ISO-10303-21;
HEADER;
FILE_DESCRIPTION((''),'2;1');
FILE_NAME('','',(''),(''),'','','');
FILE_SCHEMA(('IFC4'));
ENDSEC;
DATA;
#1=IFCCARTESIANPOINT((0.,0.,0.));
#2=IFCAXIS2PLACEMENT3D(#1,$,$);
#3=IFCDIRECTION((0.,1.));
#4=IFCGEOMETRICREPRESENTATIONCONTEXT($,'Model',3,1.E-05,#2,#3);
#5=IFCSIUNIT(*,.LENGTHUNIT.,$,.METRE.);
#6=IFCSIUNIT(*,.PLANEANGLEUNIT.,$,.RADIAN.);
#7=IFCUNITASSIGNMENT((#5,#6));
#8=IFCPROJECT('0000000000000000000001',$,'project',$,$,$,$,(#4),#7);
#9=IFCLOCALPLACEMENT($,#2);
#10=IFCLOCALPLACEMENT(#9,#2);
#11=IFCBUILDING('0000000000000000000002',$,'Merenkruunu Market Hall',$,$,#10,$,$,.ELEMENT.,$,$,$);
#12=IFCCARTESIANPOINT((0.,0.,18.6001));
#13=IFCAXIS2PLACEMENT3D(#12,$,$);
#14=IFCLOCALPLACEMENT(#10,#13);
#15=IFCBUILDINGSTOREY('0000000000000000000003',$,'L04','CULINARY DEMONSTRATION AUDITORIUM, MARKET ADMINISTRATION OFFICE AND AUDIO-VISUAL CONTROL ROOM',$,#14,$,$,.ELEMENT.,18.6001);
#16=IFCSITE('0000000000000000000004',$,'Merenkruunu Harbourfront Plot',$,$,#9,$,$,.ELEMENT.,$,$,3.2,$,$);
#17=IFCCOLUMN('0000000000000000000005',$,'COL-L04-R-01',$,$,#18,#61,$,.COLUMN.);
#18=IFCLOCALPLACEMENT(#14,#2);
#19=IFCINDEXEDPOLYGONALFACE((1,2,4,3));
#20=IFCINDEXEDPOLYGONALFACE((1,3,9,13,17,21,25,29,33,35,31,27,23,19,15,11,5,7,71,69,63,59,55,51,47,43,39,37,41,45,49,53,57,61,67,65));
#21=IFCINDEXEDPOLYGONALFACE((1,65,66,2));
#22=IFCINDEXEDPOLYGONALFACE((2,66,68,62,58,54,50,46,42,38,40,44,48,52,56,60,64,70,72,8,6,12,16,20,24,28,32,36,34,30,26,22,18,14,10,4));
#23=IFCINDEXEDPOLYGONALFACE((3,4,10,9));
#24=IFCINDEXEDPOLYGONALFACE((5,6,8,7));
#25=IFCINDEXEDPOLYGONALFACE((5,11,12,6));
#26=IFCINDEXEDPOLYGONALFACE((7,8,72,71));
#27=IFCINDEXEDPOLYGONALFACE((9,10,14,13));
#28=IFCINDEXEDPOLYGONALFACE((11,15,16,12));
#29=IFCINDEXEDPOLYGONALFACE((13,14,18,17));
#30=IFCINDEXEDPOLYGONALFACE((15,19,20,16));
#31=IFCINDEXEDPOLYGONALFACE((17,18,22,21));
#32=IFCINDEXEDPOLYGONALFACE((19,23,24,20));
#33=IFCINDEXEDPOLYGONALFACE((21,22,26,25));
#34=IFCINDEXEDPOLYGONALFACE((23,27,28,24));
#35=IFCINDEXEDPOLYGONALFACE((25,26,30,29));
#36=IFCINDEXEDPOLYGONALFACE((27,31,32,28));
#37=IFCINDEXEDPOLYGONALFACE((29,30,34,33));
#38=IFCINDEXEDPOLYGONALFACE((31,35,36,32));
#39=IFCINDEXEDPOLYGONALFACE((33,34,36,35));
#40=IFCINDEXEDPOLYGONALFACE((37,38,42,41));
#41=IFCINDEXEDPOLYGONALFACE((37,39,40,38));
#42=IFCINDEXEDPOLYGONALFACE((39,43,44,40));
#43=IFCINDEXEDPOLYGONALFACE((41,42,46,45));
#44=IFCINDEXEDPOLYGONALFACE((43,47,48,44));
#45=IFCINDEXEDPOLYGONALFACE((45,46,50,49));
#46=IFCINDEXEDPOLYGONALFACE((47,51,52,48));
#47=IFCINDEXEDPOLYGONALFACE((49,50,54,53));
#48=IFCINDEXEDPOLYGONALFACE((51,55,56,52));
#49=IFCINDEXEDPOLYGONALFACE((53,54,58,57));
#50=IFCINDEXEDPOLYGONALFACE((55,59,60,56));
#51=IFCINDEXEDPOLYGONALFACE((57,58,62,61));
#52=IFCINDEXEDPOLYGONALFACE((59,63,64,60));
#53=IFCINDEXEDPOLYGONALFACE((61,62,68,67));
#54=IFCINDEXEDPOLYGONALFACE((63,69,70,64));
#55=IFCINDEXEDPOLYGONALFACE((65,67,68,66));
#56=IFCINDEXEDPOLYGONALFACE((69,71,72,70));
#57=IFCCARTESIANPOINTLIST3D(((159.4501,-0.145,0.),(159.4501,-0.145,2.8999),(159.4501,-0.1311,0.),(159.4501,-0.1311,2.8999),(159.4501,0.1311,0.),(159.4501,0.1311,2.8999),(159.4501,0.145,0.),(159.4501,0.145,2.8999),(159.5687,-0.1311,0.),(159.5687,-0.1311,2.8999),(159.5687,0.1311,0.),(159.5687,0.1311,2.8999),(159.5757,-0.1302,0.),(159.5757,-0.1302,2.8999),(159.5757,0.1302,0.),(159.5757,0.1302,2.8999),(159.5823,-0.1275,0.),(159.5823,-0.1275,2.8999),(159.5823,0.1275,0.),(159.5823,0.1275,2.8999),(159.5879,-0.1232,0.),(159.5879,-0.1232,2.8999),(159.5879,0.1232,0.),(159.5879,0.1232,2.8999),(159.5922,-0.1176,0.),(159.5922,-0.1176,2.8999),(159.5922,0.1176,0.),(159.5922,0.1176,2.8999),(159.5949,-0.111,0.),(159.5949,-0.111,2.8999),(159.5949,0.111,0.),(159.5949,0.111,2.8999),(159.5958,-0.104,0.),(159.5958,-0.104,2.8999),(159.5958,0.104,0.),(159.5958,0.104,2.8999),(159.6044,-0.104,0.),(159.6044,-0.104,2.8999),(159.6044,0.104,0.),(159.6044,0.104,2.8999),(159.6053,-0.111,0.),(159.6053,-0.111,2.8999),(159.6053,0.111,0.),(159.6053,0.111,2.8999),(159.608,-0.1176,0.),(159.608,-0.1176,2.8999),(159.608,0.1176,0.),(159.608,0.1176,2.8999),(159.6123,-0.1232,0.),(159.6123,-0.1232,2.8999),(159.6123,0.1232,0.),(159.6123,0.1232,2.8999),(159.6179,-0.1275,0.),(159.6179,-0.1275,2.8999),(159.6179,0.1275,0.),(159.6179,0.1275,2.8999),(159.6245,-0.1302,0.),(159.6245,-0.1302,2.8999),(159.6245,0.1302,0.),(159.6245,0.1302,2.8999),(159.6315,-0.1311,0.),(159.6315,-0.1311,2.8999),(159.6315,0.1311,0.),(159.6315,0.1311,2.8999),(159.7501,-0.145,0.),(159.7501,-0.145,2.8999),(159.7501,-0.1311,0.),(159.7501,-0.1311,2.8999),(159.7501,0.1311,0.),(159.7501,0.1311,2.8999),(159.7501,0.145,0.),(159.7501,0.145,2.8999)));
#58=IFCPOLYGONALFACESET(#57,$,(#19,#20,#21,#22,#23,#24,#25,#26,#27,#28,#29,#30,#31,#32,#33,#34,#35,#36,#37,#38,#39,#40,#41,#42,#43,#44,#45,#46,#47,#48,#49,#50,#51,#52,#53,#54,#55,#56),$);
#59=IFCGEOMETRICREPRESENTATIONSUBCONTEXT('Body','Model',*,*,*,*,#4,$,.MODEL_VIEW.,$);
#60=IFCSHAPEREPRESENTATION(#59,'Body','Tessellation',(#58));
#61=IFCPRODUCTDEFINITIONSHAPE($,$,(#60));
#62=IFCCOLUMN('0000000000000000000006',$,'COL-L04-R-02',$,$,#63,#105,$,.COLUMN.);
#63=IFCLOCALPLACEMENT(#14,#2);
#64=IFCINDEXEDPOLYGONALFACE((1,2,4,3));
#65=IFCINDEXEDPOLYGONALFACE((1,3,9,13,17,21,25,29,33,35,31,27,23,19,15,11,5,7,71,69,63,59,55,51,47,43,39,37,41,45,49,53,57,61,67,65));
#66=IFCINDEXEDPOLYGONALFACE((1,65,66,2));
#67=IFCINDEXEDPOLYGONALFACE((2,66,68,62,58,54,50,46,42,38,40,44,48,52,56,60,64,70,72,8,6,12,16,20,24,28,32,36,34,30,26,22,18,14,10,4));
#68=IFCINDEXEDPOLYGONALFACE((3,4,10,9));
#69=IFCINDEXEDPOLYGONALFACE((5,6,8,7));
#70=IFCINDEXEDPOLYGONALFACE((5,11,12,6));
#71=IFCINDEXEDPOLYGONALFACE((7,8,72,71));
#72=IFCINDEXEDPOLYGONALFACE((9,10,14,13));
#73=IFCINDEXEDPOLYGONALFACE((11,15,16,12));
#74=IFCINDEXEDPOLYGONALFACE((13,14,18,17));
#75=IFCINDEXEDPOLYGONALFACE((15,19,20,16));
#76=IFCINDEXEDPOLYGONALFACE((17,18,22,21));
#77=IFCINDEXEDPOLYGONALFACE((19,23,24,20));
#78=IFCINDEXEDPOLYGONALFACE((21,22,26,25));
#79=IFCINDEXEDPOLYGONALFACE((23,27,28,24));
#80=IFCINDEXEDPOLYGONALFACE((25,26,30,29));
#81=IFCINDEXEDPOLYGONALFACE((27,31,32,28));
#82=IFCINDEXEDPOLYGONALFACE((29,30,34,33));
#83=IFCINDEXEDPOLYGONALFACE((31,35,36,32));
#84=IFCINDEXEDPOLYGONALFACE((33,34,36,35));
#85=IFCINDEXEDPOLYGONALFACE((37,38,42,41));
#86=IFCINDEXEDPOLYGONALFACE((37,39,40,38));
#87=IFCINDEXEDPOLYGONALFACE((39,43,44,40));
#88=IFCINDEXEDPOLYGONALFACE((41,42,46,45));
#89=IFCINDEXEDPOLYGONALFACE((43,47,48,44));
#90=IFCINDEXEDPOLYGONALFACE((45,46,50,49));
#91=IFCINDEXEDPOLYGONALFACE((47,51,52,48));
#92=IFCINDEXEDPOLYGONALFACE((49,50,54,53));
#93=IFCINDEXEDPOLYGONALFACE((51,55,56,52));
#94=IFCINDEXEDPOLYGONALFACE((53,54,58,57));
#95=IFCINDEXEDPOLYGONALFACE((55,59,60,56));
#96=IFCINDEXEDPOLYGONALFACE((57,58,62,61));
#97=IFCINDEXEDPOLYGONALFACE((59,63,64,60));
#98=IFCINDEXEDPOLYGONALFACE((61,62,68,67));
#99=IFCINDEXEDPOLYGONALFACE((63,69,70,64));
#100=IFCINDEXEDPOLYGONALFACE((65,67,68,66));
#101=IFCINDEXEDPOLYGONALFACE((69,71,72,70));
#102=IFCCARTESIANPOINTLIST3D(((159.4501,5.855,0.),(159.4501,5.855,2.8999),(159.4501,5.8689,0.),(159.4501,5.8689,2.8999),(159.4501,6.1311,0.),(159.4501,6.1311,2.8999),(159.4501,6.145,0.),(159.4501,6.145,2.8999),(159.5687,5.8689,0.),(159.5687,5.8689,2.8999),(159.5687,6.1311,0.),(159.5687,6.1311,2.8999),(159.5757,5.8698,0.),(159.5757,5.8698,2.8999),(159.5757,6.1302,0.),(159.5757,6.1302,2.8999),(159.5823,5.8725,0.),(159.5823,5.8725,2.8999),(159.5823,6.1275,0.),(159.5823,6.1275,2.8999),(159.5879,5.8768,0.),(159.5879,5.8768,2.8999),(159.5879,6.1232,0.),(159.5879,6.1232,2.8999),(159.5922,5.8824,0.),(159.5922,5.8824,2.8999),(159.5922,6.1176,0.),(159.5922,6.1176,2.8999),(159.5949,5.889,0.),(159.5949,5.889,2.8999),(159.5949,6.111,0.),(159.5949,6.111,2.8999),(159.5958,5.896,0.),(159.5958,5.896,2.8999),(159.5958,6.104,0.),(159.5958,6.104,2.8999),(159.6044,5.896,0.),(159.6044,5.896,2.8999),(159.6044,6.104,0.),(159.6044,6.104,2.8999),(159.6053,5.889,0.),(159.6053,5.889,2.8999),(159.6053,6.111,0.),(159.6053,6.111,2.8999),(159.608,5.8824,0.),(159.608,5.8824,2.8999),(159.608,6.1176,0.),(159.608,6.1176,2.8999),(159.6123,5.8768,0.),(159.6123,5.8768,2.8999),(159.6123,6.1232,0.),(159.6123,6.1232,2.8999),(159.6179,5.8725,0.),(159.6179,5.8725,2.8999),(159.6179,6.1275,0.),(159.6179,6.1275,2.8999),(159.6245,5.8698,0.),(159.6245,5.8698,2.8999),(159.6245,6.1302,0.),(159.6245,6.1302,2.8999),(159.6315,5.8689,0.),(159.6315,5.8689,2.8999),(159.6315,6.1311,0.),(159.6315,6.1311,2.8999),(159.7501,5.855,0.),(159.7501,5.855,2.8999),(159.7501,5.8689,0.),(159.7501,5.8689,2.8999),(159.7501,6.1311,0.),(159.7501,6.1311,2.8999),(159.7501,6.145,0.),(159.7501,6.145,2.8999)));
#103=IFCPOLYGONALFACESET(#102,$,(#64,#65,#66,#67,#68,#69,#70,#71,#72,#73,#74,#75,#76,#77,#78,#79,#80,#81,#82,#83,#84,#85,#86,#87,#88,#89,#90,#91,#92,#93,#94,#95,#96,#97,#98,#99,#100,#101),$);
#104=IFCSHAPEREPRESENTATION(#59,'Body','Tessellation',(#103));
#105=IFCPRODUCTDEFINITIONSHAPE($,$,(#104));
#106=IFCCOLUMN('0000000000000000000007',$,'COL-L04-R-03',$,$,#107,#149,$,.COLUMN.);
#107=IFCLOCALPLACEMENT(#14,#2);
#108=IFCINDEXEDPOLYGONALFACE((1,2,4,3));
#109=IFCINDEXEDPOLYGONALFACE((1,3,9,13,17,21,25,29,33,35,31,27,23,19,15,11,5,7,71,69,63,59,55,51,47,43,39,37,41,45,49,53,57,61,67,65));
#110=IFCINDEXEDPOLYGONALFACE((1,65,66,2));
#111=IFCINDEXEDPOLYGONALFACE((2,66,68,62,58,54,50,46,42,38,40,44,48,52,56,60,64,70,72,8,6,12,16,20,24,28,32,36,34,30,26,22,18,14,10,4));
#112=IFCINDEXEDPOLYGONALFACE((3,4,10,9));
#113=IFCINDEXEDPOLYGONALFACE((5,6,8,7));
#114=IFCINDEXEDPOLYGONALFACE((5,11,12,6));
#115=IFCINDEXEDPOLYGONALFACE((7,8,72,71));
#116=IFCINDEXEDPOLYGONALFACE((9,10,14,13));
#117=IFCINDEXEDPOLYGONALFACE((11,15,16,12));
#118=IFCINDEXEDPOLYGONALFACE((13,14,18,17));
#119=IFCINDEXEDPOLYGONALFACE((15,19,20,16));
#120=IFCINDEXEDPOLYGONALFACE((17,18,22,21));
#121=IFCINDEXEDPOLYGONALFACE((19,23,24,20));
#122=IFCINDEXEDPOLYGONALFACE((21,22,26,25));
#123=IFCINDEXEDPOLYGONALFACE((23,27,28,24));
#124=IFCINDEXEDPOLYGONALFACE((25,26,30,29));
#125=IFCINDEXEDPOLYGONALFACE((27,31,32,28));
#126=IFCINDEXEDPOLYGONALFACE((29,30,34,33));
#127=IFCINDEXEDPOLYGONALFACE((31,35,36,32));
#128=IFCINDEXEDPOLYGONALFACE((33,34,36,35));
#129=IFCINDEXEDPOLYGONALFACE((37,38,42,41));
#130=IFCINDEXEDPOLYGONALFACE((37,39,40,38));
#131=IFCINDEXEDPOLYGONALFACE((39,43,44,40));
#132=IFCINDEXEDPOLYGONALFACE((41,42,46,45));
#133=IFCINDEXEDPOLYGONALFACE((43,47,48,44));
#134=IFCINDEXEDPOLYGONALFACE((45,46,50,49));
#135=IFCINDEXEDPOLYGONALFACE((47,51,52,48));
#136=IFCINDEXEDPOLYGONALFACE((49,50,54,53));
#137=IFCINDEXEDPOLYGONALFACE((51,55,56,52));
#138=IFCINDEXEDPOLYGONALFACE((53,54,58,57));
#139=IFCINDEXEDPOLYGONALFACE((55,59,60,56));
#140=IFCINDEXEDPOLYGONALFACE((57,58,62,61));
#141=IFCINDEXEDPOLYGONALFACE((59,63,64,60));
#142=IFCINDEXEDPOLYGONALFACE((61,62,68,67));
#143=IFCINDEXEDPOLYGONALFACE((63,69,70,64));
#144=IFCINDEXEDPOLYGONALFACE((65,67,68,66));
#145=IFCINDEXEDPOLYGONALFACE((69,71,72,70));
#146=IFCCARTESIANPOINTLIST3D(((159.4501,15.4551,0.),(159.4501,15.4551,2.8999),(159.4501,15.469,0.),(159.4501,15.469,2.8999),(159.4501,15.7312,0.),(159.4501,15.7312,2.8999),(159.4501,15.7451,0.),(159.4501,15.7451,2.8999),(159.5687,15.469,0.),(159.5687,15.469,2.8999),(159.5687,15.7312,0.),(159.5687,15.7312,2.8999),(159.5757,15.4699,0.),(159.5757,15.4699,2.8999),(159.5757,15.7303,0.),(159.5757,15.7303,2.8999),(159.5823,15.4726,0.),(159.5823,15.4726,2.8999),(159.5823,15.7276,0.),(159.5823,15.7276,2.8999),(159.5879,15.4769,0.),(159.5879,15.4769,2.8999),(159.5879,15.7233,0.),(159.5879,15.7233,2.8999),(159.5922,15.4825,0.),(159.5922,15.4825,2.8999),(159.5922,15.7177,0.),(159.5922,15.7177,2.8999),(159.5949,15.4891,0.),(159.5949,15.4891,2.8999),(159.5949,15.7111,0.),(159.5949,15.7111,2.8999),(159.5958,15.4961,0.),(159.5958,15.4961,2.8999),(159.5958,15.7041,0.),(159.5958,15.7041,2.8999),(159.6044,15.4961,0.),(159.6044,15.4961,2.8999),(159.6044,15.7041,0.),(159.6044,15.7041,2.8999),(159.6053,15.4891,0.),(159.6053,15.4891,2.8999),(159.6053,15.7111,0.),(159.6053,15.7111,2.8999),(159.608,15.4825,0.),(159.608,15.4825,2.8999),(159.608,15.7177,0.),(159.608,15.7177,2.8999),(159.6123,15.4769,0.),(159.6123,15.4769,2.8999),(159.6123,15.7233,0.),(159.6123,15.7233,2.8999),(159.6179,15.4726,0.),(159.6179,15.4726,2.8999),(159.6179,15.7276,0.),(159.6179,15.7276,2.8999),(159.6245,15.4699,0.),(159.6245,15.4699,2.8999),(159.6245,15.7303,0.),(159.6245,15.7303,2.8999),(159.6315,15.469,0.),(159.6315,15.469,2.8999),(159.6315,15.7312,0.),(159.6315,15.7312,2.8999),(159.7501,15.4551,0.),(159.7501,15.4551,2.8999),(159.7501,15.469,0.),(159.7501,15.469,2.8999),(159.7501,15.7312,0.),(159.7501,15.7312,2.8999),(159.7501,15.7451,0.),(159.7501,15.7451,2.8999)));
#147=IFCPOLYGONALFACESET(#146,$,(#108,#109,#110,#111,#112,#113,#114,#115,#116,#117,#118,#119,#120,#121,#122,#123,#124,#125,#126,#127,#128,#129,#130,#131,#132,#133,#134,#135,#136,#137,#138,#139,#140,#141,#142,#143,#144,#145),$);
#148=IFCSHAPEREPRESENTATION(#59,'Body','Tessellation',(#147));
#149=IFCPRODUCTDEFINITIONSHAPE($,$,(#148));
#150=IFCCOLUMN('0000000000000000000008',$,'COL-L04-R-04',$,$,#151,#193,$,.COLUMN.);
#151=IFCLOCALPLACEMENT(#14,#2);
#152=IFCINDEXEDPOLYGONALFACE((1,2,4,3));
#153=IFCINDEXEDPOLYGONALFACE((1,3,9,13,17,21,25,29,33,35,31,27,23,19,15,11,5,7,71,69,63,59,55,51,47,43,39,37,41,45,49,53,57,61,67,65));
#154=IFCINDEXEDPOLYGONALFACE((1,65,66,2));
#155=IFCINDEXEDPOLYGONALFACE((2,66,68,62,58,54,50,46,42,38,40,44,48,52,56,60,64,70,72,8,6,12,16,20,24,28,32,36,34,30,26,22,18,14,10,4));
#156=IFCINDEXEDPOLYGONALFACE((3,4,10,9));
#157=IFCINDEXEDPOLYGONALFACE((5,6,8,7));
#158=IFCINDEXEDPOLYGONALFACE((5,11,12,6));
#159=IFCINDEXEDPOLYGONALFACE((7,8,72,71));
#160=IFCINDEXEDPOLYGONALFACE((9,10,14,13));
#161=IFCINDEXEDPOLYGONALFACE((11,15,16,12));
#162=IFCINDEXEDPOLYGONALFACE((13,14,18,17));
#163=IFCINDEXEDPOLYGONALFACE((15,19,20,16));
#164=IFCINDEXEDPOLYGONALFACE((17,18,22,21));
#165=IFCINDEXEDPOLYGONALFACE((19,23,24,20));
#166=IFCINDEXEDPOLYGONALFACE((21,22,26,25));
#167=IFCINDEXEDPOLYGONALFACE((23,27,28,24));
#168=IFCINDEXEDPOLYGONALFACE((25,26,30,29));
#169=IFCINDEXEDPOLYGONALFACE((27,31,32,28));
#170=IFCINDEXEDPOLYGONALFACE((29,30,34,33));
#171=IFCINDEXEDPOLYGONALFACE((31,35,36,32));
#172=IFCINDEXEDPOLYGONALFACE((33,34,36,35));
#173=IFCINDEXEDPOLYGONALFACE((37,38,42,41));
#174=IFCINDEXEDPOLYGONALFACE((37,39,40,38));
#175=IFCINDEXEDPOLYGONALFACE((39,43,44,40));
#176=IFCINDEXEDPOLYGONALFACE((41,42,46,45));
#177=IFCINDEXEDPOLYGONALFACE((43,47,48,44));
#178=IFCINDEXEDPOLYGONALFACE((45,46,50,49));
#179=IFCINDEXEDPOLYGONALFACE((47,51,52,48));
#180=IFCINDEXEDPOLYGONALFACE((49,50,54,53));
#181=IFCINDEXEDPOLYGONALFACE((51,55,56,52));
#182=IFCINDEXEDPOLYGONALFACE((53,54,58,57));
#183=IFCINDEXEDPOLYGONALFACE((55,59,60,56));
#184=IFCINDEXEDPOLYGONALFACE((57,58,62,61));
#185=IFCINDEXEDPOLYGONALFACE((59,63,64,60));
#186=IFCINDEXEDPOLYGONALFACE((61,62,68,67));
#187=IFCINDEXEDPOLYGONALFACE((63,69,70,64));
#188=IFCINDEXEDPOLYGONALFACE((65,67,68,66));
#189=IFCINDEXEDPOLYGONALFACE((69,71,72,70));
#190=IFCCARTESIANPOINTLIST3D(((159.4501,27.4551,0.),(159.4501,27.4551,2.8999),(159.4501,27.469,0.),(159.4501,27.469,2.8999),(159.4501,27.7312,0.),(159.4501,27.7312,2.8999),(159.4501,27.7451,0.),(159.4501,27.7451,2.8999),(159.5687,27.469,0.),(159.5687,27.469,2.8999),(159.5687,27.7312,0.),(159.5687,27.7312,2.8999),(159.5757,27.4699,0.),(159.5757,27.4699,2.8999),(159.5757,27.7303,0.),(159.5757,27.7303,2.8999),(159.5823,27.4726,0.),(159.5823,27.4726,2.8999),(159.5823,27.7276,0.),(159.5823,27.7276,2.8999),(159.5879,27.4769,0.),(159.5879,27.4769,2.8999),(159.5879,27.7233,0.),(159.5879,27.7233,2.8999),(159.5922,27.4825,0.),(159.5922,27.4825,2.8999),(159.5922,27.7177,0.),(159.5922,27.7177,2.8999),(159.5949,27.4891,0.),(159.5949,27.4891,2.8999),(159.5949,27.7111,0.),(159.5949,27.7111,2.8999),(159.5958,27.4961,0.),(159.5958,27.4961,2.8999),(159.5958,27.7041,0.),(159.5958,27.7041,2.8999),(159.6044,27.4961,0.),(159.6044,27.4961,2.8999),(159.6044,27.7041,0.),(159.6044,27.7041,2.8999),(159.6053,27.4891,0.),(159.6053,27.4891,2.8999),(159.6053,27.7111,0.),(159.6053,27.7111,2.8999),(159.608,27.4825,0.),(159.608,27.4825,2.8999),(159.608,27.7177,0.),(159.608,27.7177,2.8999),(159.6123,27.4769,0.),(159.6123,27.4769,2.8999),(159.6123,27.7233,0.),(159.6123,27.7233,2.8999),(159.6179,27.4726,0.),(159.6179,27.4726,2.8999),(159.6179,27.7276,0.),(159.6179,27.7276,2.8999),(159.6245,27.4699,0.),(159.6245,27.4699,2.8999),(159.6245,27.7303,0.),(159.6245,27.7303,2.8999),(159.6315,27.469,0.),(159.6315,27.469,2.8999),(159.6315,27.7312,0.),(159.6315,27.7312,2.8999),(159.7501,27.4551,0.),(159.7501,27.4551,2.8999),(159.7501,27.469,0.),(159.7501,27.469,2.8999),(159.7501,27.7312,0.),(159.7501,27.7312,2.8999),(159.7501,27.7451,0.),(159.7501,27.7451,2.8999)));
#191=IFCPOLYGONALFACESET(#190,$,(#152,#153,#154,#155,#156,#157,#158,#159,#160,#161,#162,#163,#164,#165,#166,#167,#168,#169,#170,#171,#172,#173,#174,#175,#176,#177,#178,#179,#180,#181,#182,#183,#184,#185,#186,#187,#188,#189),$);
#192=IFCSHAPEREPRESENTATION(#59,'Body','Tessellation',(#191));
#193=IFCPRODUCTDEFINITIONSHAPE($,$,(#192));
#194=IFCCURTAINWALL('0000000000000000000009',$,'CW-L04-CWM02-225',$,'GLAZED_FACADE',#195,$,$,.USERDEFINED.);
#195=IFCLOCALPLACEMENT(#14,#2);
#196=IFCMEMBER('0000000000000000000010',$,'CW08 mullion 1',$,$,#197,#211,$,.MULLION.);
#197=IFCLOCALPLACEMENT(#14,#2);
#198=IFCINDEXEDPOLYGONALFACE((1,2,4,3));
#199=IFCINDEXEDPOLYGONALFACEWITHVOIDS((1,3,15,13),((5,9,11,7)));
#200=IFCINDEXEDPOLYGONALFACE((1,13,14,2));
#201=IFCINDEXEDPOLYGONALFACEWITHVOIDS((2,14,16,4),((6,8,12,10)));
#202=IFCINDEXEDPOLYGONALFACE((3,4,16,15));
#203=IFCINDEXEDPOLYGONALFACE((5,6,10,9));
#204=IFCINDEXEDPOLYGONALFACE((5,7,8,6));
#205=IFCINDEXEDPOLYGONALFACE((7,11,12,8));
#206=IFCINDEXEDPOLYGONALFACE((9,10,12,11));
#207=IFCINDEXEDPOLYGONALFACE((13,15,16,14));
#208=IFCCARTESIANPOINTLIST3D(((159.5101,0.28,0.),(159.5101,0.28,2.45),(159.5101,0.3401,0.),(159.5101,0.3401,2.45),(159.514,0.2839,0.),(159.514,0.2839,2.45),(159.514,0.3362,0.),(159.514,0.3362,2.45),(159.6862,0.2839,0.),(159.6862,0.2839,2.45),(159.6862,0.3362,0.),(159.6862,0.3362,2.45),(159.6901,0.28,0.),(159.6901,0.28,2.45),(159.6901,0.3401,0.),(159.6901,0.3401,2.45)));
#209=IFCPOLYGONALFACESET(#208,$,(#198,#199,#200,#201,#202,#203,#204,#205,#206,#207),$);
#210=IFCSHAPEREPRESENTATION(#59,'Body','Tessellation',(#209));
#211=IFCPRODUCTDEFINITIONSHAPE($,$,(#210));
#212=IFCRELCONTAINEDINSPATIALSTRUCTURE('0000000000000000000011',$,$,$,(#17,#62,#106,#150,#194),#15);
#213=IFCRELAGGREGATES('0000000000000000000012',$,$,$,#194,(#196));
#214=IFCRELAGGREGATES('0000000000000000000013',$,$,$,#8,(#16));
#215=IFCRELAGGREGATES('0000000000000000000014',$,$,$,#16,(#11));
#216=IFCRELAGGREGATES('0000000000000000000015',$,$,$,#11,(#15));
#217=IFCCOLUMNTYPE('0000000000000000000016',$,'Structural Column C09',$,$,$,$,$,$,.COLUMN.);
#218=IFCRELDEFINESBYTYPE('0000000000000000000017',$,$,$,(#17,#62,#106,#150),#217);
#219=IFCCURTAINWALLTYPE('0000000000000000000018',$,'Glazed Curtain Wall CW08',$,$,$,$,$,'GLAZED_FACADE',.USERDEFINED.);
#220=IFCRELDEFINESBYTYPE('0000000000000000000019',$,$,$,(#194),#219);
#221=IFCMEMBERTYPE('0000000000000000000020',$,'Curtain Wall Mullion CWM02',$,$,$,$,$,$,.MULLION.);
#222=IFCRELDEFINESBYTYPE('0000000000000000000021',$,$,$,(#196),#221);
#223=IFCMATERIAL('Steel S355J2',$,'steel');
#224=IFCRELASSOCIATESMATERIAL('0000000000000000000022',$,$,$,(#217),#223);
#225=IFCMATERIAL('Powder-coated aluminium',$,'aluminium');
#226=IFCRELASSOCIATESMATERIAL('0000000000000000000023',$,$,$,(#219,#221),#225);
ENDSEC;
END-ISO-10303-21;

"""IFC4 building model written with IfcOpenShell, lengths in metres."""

from ifc_helpers import new_model, si_unit, direction, frame, origin, origin_2d, place, context, subcontext, project, spatial, hollow_rectangle, i_section, extrude, material, material_profile, profile_set, type_object, element, aggregate, save


model = new_model("IFC4")

# Units and contexts
model_context = context("Model", 3, precision=1e-05, world=origin(), true_north=direction((0.0, 1.0)))
body_context = subcontext(model_context, "Body", "Model", "MODEL_VIEW")
ifc_project = project(units=[si_unit("LENGTHUNIT", "METRE"), si_unit("PLANEANGLEUNIT", "RADIAN")], contexts=[model_context])

# Site, building, storey
site_placement = place(None, origin())
site = spatial("IfcSite", under=ifc_project, at=site_placement, Name="Merenkruunu Harbourfront Plot", CompositionType="ELEMENT", RefElevation=3.2)
building_placement = place(site_placement, origin())
building = spatial("IfcBuilding", under=site, at=building_placement, Name="Merenkruunu Market Hall", CompositionType="ELEMENT")
storey_placement = place(building_placement, frame((0.0, 0.0, 18.6001)))
storey = spatial("IfcBuildingStorey", under=building, at=storey_placement, Name="L04", Description="CULINARY DEMONSTRATION AUDITORIUM, MARKET ADMINISTRATION OFFICE AND AUDIO-VISUAL CONTROL ROOM", CompositionType="ELEMENT", Elevation=18.6001)

# Columns
ifc_material_1 = material(Name="Steel S355J2", Category="steel")
ifc_material_profile_1 = material_profile(ifc_material_1, i_section(OverallWidth=0.3, OverallDepth=0.29, WebThickness=0.0085, FlangeThickness=0.0139, FilletRadius=0.0271, at=origin_2d()), Name="HEA 300")
ifc_profile_set_1 = profile_set([ifc_material_profile_1], Name="Steel S355J2")
column_type = type_object("IfcColumnType", Name="Structural Column C09", PredefinedType="COLUMN", material=ifc_profile_set_1)
for number, where, z_axis, x_axis, name in (
    (1, (159.6001, 0.0, 0.0), (0.0, 0.0, 1.0), (1.0, 0.0, 0.0), "COL-L04-R-01"),
    (2, (159.6001, 6.0, 0.0), (0.0, 0.0, 1.0), (1.0, 0.0, 0.0), "COL-L04-R-02"),
    (3, (159.6001, 15.6001, 0.0), (0.0, 0.0, 1.0), (1.0, 0.0, 0.0), "COL-L04-R-03"),
    (4, (159.6001, 27.6001, 0.0), (0.0, 0.0, 1.0), (1.0, 0.0, 0.0), "COL-L04-R-04"),
):
    element("IfcColumn", number, at=place(storey_placement, frame(where, z_axis=z_axis, x_axis=x_axis)), inside=storey, type_object=column_type, Name=name, PredefinedType="COLUMN", context=body_context, shape_type="SweptSolid", body=[
        extrude(i_section(OverallWidth=0.3, OverallDepth=0.29, WebThickness=0.0085, FlangeThickness=0.0139, FilletRadius=0.0271, at=origin_2d()), origin(), (0.0, 0.0, 1.0), 2.8999),
    ])

# Curtain wall, member
ifc_material_2 = material(Name="Powder-coated aluminium", Category="aluminium")
curtain_wall_type = type_object("IfcCurtainWallType", Name="Glazed Curtain Wall CW08", ElementType="GLAZED_FACADE", PredefinedType="USERDEFINED", material=ifc_material_2)
curtain_wall_placement = place(storey_placement, origin())
curtain_wall = element("IfcCurtainWall", 5, at=curtain_wall_placement, inside=storey, type_object=curtain_wall_type, Name="CW-L04-CWM02-225", ObjectType="GLAZED_FACADE", PredefinedType="USERDEFINED")
ifc_material_profile_2 = material_profile(ifc_material_2, hollow_rectangle(XDim=0.0601, YDim=0.1799, WallThickness=0.0039, at=origin_2d()), Name="ALU 60x180x4")
ifc_profile_set_2 = profile_set([ifc_material_profile_2], Name="Powder-coated aluminium")
member_type = type_object("IfcMemberType", Name="Curtain Wall Mullion CWM02", PredefinedType="MULLION", material=ifc_profile_set_2)
member_1_placement = place(storey_placement, frame((159.6001, 0.3101, 0.0), z_axis=(0.0, 0.0, 1.0), x_axis=(0.0, 1.0, 0.0)))
member_1 = element("IfcMember", 6, at=member_1_placement, type_object=member_type, Name="CW08 mullion 1", PredefinedType="MULLION", context=body_context, shape_type="SweptSolid", body=[
    extrude(hollow_rectangle(XDim=0.0601, YDim=0.1799, WallThickness=0.0039, at=origin_2d()), origin(), (0.0, 0.0, 1.0), 2.45),
])
aggregate(curtain_wall, [member_1])

save(model, "model.ifc")
